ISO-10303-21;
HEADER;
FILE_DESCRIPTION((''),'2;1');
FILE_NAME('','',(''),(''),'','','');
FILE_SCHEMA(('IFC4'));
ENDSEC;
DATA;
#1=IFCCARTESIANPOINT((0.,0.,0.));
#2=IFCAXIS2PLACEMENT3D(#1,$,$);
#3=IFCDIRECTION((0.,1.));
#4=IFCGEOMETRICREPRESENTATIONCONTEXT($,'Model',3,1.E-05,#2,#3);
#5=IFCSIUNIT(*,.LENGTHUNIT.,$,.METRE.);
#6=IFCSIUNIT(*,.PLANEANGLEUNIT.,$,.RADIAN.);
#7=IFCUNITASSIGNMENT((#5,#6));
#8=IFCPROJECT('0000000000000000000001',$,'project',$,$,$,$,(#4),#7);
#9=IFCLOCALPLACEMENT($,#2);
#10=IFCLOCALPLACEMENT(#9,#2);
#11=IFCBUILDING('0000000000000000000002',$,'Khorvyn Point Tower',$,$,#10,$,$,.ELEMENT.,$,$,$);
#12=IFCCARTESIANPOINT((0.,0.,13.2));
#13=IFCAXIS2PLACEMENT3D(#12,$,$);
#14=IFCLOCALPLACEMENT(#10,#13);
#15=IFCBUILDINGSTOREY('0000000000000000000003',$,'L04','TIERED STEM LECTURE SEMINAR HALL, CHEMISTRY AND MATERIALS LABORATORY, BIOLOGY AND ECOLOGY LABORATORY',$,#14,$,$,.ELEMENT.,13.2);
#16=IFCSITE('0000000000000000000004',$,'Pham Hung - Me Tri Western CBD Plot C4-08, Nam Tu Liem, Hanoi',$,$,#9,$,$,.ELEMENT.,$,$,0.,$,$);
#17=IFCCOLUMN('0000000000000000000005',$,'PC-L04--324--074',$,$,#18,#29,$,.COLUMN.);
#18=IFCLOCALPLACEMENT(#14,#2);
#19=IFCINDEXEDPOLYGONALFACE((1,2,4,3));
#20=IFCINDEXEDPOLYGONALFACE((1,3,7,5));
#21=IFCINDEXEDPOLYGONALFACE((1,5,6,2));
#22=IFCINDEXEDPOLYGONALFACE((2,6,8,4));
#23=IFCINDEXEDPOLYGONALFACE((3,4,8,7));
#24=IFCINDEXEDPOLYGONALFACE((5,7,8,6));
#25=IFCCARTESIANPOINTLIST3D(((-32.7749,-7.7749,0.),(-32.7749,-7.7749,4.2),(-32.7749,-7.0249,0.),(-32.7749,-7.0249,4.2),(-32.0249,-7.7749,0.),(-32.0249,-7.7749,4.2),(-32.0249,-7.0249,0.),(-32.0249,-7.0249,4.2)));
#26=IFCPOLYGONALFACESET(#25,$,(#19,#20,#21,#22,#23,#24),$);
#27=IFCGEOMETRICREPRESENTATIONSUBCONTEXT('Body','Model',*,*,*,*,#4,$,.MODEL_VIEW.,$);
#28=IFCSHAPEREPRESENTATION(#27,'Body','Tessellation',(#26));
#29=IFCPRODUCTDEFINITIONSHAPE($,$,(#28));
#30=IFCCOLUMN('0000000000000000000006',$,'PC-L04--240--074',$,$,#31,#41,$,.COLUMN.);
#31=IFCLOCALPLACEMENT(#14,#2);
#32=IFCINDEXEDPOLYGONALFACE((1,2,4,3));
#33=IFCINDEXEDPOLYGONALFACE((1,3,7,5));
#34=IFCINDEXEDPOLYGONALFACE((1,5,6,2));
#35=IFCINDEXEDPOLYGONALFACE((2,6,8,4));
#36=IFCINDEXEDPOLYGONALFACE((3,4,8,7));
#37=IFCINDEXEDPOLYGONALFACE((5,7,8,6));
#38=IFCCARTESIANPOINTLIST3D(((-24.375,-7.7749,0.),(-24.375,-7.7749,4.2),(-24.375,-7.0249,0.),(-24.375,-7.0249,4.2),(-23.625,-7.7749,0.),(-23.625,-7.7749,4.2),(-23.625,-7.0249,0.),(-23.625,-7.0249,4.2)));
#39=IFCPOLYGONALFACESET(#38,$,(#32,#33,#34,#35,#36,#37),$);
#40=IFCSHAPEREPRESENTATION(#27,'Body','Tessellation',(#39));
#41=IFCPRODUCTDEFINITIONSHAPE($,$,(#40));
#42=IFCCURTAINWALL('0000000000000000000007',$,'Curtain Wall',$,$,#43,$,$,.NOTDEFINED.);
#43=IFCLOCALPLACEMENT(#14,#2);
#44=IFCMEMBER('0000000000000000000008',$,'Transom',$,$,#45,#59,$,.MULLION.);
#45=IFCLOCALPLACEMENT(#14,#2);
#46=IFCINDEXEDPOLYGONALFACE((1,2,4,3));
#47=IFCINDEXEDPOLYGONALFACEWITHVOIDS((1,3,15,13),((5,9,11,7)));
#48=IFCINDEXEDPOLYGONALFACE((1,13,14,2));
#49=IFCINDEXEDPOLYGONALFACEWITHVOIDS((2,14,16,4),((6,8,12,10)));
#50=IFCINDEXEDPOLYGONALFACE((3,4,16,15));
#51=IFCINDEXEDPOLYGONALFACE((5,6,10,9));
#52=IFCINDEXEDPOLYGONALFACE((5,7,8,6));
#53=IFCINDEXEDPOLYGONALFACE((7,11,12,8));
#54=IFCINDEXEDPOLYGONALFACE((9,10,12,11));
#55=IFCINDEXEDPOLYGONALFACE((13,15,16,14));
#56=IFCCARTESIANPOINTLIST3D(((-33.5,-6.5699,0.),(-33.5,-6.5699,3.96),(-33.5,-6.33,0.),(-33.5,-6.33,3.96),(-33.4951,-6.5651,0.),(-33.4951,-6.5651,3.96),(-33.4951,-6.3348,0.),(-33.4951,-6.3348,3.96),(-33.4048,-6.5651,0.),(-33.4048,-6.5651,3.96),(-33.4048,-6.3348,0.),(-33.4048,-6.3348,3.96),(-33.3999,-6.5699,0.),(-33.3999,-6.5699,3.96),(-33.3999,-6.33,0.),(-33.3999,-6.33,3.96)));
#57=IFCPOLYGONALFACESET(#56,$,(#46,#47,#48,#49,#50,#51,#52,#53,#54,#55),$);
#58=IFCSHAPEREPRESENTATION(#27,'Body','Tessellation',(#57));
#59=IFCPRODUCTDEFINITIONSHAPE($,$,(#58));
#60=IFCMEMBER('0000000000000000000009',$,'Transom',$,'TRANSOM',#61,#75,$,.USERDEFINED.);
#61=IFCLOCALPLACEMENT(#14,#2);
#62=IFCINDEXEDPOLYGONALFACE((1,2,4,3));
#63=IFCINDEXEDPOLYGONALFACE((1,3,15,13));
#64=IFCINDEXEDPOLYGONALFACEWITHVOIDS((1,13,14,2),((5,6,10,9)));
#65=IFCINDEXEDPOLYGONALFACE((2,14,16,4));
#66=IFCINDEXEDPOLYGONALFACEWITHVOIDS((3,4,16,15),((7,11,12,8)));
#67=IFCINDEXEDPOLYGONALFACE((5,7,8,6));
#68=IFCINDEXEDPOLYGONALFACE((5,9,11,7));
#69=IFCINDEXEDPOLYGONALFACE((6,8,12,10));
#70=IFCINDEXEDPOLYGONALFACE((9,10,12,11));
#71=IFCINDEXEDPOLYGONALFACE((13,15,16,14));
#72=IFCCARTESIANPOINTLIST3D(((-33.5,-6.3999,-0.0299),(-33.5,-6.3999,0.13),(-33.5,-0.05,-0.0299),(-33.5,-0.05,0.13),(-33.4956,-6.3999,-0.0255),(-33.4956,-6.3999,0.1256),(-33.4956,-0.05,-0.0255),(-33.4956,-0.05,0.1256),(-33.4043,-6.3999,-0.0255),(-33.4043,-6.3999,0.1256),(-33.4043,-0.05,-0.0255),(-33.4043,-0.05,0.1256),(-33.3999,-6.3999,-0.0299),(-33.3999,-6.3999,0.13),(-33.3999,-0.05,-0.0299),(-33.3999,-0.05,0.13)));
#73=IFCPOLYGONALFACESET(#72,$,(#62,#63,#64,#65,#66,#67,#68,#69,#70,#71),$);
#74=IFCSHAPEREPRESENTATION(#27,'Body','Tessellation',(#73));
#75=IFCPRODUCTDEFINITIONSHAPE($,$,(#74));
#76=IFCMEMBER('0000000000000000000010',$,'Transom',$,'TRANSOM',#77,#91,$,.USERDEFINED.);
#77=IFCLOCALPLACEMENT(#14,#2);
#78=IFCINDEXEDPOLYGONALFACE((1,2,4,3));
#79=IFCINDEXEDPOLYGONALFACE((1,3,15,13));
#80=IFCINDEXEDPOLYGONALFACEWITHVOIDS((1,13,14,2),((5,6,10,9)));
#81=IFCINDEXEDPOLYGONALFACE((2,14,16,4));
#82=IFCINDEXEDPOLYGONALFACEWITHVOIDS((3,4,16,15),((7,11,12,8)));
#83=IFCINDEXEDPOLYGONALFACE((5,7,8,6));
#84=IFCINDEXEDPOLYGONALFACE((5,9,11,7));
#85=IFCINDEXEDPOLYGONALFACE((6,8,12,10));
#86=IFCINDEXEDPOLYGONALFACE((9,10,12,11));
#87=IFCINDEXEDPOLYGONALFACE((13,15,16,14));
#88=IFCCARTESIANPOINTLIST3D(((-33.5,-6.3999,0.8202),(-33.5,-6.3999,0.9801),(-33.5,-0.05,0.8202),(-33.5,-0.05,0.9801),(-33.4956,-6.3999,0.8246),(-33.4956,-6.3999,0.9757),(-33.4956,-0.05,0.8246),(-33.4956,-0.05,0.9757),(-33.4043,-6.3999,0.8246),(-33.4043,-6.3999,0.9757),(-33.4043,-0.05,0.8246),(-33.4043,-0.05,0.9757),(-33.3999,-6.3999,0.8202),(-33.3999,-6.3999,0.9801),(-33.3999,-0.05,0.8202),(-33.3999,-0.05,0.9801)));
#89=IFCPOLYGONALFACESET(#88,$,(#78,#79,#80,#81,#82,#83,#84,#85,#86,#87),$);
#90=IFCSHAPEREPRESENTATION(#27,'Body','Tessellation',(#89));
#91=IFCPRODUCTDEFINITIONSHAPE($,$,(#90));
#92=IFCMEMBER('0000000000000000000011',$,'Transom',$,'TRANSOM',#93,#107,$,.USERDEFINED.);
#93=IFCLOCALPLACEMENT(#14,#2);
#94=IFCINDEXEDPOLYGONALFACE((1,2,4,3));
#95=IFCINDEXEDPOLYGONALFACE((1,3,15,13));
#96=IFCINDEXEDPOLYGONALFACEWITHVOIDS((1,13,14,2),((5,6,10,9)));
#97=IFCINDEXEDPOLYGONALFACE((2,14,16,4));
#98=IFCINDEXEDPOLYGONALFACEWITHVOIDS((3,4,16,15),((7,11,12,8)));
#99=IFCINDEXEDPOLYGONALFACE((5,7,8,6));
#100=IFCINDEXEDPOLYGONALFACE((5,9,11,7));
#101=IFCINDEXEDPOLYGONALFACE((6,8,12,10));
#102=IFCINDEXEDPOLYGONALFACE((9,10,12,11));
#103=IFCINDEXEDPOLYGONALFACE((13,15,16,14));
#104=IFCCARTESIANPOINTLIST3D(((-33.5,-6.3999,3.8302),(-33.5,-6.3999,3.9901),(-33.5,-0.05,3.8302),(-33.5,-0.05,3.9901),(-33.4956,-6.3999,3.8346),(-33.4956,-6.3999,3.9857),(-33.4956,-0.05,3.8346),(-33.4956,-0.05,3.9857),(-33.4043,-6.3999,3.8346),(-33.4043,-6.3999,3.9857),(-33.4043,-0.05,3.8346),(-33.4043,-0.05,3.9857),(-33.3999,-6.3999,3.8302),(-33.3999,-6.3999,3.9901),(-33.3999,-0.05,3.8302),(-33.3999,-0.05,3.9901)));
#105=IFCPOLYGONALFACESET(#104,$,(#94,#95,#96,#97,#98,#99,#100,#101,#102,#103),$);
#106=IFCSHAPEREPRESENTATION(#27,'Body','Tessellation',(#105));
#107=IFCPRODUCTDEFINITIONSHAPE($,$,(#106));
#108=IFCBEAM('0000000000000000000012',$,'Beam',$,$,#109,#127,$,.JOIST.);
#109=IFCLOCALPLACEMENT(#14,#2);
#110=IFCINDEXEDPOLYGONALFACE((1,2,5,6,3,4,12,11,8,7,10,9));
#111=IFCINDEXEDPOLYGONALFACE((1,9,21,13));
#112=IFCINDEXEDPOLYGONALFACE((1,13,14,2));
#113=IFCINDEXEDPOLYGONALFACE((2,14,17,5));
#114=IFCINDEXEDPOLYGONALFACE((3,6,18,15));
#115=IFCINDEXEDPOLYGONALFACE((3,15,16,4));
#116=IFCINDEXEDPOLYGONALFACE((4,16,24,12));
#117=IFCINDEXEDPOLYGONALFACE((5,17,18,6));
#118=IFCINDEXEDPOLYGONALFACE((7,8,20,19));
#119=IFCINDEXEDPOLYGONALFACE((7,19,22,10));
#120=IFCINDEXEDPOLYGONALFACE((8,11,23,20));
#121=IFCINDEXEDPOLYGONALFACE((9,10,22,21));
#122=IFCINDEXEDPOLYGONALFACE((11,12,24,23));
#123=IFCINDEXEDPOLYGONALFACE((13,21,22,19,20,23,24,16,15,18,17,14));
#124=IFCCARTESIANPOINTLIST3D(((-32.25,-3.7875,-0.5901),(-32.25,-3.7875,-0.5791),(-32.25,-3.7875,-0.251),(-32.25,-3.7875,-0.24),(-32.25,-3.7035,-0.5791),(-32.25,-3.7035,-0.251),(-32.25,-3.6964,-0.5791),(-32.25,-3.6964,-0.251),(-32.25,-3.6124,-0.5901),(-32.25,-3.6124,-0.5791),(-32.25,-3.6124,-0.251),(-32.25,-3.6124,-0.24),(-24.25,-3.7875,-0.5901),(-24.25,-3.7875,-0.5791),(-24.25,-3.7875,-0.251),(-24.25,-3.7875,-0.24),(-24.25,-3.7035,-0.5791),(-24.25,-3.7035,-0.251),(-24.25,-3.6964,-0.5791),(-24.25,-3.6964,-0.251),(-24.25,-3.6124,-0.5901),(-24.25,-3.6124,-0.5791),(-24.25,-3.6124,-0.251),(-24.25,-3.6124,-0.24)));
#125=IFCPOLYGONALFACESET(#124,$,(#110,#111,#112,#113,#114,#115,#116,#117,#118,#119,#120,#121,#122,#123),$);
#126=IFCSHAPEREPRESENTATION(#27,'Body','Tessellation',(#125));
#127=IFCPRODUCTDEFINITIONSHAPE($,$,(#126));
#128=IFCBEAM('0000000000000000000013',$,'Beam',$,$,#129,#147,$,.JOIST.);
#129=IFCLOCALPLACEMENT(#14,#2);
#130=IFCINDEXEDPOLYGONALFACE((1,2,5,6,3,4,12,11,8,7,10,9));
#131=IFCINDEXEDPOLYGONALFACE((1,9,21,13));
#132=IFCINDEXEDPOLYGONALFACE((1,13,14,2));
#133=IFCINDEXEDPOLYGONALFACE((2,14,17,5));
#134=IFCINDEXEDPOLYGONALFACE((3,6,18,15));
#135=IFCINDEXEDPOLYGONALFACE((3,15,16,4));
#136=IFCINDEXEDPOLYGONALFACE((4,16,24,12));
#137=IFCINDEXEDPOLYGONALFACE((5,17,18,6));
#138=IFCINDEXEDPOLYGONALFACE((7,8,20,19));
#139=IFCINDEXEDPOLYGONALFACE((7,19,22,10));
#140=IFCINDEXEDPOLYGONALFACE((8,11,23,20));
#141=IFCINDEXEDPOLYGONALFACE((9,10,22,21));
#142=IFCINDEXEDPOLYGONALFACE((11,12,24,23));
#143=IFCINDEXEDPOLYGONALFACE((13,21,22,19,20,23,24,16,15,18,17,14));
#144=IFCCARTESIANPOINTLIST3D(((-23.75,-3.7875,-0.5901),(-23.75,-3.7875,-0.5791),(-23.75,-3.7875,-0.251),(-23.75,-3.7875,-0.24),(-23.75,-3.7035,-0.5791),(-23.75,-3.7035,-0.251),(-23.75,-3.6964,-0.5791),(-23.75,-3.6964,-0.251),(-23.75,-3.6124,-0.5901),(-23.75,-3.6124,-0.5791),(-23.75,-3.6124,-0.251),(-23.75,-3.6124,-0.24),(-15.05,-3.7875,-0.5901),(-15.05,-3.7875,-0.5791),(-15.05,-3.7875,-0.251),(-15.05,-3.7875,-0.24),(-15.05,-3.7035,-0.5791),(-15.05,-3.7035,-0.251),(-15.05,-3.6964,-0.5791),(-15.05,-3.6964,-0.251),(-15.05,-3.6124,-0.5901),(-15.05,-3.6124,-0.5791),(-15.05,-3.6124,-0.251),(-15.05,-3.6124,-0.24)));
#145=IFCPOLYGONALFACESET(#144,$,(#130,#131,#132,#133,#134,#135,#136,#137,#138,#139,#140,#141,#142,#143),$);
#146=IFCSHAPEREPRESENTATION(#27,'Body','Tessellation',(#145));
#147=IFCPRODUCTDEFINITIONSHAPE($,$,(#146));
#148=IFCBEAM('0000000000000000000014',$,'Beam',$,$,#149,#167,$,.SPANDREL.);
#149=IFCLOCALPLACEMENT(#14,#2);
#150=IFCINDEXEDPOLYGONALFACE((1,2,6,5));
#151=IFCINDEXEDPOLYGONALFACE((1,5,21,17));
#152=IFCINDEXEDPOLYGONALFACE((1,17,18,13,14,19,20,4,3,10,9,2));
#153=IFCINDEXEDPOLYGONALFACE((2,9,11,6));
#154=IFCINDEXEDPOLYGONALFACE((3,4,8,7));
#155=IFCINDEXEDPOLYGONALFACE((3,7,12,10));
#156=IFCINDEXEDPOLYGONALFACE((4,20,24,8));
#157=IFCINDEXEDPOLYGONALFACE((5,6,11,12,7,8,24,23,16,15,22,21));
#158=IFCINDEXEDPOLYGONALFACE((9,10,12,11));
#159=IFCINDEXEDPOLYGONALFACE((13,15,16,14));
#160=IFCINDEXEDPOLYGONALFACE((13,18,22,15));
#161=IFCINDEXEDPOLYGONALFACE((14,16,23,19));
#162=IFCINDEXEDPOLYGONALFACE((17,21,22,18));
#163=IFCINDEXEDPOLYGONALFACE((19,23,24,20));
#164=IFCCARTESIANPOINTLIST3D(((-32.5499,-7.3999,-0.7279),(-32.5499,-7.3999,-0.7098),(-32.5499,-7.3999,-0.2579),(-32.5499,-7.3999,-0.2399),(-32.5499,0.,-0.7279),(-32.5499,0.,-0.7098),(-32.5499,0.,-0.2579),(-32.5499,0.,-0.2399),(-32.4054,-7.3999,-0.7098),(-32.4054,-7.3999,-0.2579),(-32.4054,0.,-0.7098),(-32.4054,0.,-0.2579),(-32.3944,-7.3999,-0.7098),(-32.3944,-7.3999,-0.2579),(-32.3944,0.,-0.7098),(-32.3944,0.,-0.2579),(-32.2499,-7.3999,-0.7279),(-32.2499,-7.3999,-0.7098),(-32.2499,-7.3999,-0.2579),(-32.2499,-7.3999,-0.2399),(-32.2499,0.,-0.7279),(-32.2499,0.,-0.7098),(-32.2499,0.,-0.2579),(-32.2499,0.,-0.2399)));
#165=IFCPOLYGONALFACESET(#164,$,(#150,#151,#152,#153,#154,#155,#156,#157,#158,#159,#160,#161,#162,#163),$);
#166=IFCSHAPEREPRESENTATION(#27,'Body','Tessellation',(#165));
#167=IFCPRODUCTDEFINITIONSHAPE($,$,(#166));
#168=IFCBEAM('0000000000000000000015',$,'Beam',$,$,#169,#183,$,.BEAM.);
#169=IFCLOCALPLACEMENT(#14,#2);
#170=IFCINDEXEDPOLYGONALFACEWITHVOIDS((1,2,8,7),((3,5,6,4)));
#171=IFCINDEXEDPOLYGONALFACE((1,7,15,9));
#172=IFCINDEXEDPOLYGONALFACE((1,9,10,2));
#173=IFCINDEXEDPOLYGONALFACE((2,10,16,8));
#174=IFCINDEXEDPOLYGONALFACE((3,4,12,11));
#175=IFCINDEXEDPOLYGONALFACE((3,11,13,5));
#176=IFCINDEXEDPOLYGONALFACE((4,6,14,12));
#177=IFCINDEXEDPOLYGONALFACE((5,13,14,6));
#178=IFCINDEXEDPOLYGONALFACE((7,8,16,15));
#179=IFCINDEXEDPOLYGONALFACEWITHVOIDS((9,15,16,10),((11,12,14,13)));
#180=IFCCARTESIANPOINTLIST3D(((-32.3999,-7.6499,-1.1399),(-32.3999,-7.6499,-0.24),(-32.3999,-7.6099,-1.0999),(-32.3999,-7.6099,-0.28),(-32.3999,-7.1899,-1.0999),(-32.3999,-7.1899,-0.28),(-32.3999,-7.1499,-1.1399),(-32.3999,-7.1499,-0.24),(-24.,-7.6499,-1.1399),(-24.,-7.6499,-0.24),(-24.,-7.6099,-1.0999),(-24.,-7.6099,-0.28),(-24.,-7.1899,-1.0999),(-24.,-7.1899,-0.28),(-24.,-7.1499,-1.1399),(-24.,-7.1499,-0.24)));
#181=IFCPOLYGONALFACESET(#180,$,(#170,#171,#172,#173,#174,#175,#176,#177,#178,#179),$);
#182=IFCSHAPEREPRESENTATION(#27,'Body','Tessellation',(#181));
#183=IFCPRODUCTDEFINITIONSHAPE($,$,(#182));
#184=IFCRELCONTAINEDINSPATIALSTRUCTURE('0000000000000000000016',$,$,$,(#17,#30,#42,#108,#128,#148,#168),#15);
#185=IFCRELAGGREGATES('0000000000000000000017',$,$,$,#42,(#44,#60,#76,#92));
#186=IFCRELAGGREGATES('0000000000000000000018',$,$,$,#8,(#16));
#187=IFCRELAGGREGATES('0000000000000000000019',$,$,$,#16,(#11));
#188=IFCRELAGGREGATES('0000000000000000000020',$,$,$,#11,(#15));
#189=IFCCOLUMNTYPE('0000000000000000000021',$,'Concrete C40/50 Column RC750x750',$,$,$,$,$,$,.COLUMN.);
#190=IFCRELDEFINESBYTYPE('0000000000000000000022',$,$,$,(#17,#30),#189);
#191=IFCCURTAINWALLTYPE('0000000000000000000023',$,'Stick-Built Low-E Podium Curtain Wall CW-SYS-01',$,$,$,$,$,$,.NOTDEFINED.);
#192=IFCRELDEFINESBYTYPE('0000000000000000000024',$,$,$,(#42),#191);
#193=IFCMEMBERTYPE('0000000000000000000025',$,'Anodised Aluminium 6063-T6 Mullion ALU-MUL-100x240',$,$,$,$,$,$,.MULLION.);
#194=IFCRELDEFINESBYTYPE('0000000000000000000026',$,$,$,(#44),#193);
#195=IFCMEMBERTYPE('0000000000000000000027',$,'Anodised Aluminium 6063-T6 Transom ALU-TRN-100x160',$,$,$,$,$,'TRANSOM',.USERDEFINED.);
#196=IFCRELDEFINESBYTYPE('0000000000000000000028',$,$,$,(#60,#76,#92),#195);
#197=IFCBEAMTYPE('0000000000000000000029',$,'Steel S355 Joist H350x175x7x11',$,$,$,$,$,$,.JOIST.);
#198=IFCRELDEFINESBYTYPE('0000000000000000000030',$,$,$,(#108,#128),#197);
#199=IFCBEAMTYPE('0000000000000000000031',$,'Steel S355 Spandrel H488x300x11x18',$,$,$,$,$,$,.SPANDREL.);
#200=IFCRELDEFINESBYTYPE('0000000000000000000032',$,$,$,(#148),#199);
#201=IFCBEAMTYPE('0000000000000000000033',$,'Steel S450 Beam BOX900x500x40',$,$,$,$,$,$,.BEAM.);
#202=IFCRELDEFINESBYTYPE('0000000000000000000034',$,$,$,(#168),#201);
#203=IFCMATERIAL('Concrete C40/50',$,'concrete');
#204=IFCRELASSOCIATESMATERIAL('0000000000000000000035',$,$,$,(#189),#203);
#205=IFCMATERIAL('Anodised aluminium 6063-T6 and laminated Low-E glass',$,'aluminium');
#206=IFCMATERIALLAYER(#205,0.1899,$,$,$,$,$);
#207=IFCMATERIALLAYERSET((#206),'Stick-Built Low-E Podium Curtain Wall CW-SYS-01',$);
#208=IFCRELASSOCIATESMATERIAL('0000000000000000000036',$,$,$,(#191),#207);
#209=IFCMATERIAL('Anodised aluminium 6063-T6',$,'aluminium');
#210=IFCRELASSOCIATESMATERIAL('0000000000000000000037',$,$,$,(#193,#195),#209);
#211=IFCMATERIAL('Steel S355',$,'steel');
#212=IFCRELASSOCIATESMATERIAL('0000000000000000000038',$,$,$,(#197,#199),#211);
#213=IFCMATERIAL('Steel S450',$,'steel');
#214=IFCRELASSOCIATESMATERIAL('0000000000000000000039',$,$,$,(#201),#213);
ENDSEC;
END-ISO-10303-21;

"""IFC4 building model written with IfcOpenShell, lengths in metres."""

from ifc_helpers import new_model, si_unit, direction, frame, origin, origin_2d, place, context, subcontext, project, spatial, rectangle, hollow_rectangle, i_section, extrude, material, layer, layer_set, material_profile, profile_set, type_object, element, aggregate, save


model = new_model("IFC4")

# Units and contexts
model_context = context("Model", 3, precision=1e-05, world=origin(), true_north=direction((0.0, 1.0)))
body_context = subcontext(model_context, "Body", "Model", "MODEL_VIEW")
ifc_project = project(units=[si_unit("LENGTHUNIT", "METRE"), si_unit("PLANEANGLEUNIT", "RADIAN")], contexts=[model_context])

# Site, building, storey
site_placement = place(None, origin())
site = spatial("IfcSite", under=ifc_project, at=site_placement, Name="Pham Hung - Me Tri Western CBD Plot C4-08, Nam Tu Liem, Hanoi", CompositionType="ELEMENT", RefElevation=0.0)
building_placement = place(site_placement, origin())
building = spatial("IfcBuilding", under=site, at=building_placement, Name="Khorvyn Point Tower", CompositionType="ELEMENT")
storey_placement = place(building_placement, frame((0.0, 0.0, 13.2)))
storey = spatial("IfcBuildingStorey", under=building, at=storey_placement, Name="L04", Description="TIERED STEM LECTURE SEMINAR HALL, CHEMISTRY AND MATERIALS LABORATORY, BIOLOGY AND ECOLOGY LABORATORY", CompositionType="ELEMENT", Elevation=13.2)

# Columns
ifc_material_1 = material(Name="Concrete C40/50", Category="concrete")
ifc_material_profile_1 = material_profile(ifc_material_1, rectangle(XDim=0.75, YDim=0.75, at=origin_2d()))
ifc_profile_set_1 = profile_set([ifc_material_profile_1], Name="Concrete C40/50 RC750x750")
column_type = type_object("IfcColumnType", Name="Concrete C40/50 Column RC750x750", PredefinedType="COLUMN", material=ifc_profile_set_1)
for number, where, z_axis, x_axis, name in (
    (1, (-32.3999, -7.3999, 0.0), (0.0, 0.0, 1.0), (1.0, 0.0, 0.0), "PC-L04--324--074"),
    (2, (-24.0, -7.3999, 0.0), (0.0, 0.0, 1.0), (1.0, 0.0, 0.0), "PC-L04--240--074"),
):
    element("IfcColumn", number, at=place(storey_placement, frame(where, z_axis=z_axis, x_axis=x_axis)), inside=storey, type_object=column_type, Name=name, PredefinedType="COLUMN", context=body_context, shape_type="SweptSolid", body=[
        extrude(rectangle(XDim=0.75, YDim=0.75, at=origin_2d()), origin(), (0.0, 0.0, 1.0), 4.2),
    ])

# Curtain wall, members
ifc_material_2 = material(Name="Anodised aluminium 6063-T6 and laminated Low-E glass", Category="aluminium")
ifc_layer_1 = layer(ifc_material_2, 0.1899)
ifc_layer_set_1 = layer_set([ifc_layer_1], Name="Stick-Built Low-E Podium Curtain Wall CW-SYS-01")
curtain_wall_type = type_object("IfcCurtainWallType", Name="Stick-Built Low-E Podium Curtain Wall CW-SYS-01", PredefinedType="NOTDEFINED", material=ifc_layer_set_1)
curtain_wall_placement = place(storey_placement, origin())
curtain_wall = element("IfcCurtainWall", 3, at=curtain_wall_placement, inside=storey, type_object=curtain_wall_type, Name="Curtain Wall", PredefinedType="NOTDEFINED")
ifc_material_3 = material(Name="Anodised aluminium 6063-T6", Category="aluminium")
ifc_material_profile_2 = material_profile(ifc_material_3, hollow_rectangle(XDim=0.1001, YDim=0.24, WallThickness=0.0049, at=origin_2d()))
ifc_profile_set_2 = profile_set([ifc_material_profile_2], Name="Anodised aluminium 6063-T6 ALU-MUL-100x240")
member_type_1 = type_object("IfcMemberType", Name="Anodised Aluminium 6063-T6 Mullion ALU-MUL-100x240", PredefinedType="MULLION", material=ifc_profile_set_2)
member_1_placement = place(storey_placement, frame((-33.45, -6.45, 0.0), z_axis=(0.0, 0.0, 1.0), x_axis=(-1.0, 0.0, 0.0)))
member_1 = element("IfcMember", 4, at=member_1_placement, type_object=member_type_1, Name="Transom", PredefinedType="MULLION", context=body_context, shape_type="SweptSolid", body=[
    extrude(hollow_rectangle(XDim=0.1001, YDim=0.24, WallThickness=0.0049, at=origin_2d()), origin(), (0.0, 0.0, 1.0), 3.96),
])
ifc_material_profile_3 = material_profile(ifc_material_3, hollow_rectangle(XDim=0.1001, YDim=0.1599, WallThickness=0.0044, at=origin_2d()))
ifc_profile_set_3 = profile_set([ifc_material_profile_3], Name="Anodised aluminium 6063-T6 ALU-TRN-100x160")
member_type_2 = type_object("IfcMemberType", Name="Anodised Aluminium 6063-T6 Transom ALU-TRN-100x160", ElementType="TRANSOM", PredefinedType="USERDEFINED", material=ifc_profile_set_3)
member_2_placement = place(storey_placement, frame((-33.45, -6.3999, 0.05), z_axis=(0.0, 1.0, 0.0), x_axis=(-1.0, 0.0, 0.0)))
member_2 = element("IfcMember", 5, at=member_2_placement, type_object=member_type_2, Name="Transom", ObjectType="TRANSOM", PredefinedType="USERDEFINED", context=body_context, shape_type="SweptSolid", body=[
    extrude(hollow_rectangle(XDim=0.1001, YDim=0.1599, WallThickness=0.0044, at=origin_2d()), origin(), (0.0, 0.0, 1.0), 6.3499),
])
member_3_placement = place(storey_placement, frame((-33.45, -6.3999, 0.9001), z_axis=(0.0, 1.0, 0.0), x_axis=(-1.0, 0.0, 0.0)))
member_3 = element("IfcMember", 6, at=member_3_placement, type_object=member_type_2, Name="Transom", ObjectType="TRANSOM", PredefinedType="USERDEFINED", context=body_context, shape_type="SweptSolid", body=[
    extrude(hollow_rectangle(XDim=0.1001, YDim=0.1599, WallThickness=0.0044, at=origin_2d()), origin(), (0.0, 0.0, 1.0), 6.3499),
])
member_4_placement = place(storey_placement, frame((-33.45, -6.3999, 3.9102), z_axis=(0.0, 1.0, 0.0), x_axis=(-1.0, 0.0, 0.0)))
member_4 = element("IfcMember", 7, at=member_4_placement, type_object=member_type_2, Name="Transom", ObjectType="TRANSOM", PredefinedType="USERDEFINED", context=body_context, shape_type="SweptSolid", body=[
    extrude(hollow_rectangle(XDim=0.1001, YDim=0.1599, WallThickness=0.0044, at=origin_2d()), origin(), (0.0, 0.0, 1.0), 6.3499),
])

# Beams
ifc_material_4 = material(Name="Steel S355", Category="steel")
ifc_material_profile_4 = material_profile(ifc_material_4, i_section(OverallWidth=0.175, OverallDepth=0.3501, WebThickness=0.0071, FlangeThickness=0.011, at=origin_2d()))
ifc_profile_set_4 = profile_set([ifc_material_profile_4], Name="Steel S355 H350x175x7x11")
beam_type_1 = type_object("IfcBeamType", Name="Steel S355 Joist H350x175x7x11", PredefinedType="JOIST", material=ifc_profile_set_4)
beam_1_placement = place(storey_placement, frame((-32.25, -3.7, -0.415), z_axis=(1.0, 0.0, 0.0), x_axis=(0.0, 1.0, 0.0)))
element("IfcBeam", 8, at=beam_1_placement, inside=storey, type_object=beam_type_1, Name="Beam", PredefinedType="JOIST", context=body_context, shape_type="SweptSolid", body=[
    extrude(i_section(OverallWidth=0.175, OverallDepth=0.3501, WebThickness=0.0071, FlangeThickness=0.011, at=origin_2d()), origin(), (0.0, 0.0, 1.0), 8.0),
])
beam_2_placement = place(storey_placement, frame((-23.75, -3.7, -0.415), z_axis=(1.0, 0.0, 0.0), x_axis=(0.0, 1.0, 0.0)))
element("IfcBeam", 9, at=beam_2_placement, inside=storey, type_object=beam_type_1, Name="Beam", PredefinedType="JOIST", context=body_context, shape_type="SweptSolid", body=[
    extrude(i_section(OverallWidth=0.175, OverallDepth=0.3501, WebThickness=0.0071, FlangeThickness=0.011, at=origin_2d()), origin(), (0.0, 0.0, 1.0), 8.7),
])
ifc_material_profile_5 = material_profile(ifc_material_4, i_section(OverallWidth=0.3, OverallDepth=0.488, WebThickness=0.011, FlangeThickness=0.0181, at=origin_2d()))
ifc_profile_set_5 = profile_set([ifc_material_profile_5], Name="Steel S355 H488x300x11x18")
beam_type_2 = type_object("IfcBeamType", Name="Steel S355 Spandrel H488x300x11x18", PredefinedType="SPANDREL", material=ifc_profile_set_5)
beam_3_placement = place(storey_placement, frame((-32.3999, -7.3999, -0.4839), z_axis=(0.0, 1.0, 0.0), x_axis=(-1.0, 0.0, 0.0)))
element("IfcBeam", 10, at=beam_3_placement, inside=storey, type_object=beam_type_2, Name="Beam", PredefinedType="SPANDREL", context=body_context, shape_type="SweptSolid", body=[
    extrude(i_section(OverallWidth=0.3, OverallDepth=0.488, WebThickness=0.011, FlangeThickness=0.0181, at=origin_2d()), origin(), (0.0, 0.0, 1.0), 7.3999),
])
ifc_material_5 = material(Name="Steel S450", Category="steel")
ifc_material_profile_6 = material_profile(ifc_material_5, hollow_rectangle(XDim=0.5, YDim=0.8999, WallThickness=0.04, at=origin_2d()))
ifc_profile_set_6 = profile_set([ifc_material_profile_6], Name="Steel S450 BOX900x500x40")
beam_type_3 = type_object("IfcBeamType", Name="Steel S450 Beam BOX900x500x40", PredefinedType="BEAM", material=ifc_profile_set_6)
beam_4_placement = place(storey_placement, frame((-32.3999, -7.3999, -0.6899), z_axis=(1.0, 0.0, 0.0), x_axis=(0.0, 1.0, 0.0)))
element("IfcBeam", 11, at=beam_4_placement, inside=storey, type_object=beam_type_3, Name="Beam", PredefinedType="BEAM", context=body_context, shape_type="SweptSolid", body=[
    extrude(hollow_rectangle(XDim=0.5, YDim=0.8999, WallThickness=0.04, at=origin_2d()), origin(), (0.0, 0.0, 1.0), 8.3999),
])

aggregate(curtain_wall, [member_1, member_2, member_3, member_4])

save(model, "model.ifc")
